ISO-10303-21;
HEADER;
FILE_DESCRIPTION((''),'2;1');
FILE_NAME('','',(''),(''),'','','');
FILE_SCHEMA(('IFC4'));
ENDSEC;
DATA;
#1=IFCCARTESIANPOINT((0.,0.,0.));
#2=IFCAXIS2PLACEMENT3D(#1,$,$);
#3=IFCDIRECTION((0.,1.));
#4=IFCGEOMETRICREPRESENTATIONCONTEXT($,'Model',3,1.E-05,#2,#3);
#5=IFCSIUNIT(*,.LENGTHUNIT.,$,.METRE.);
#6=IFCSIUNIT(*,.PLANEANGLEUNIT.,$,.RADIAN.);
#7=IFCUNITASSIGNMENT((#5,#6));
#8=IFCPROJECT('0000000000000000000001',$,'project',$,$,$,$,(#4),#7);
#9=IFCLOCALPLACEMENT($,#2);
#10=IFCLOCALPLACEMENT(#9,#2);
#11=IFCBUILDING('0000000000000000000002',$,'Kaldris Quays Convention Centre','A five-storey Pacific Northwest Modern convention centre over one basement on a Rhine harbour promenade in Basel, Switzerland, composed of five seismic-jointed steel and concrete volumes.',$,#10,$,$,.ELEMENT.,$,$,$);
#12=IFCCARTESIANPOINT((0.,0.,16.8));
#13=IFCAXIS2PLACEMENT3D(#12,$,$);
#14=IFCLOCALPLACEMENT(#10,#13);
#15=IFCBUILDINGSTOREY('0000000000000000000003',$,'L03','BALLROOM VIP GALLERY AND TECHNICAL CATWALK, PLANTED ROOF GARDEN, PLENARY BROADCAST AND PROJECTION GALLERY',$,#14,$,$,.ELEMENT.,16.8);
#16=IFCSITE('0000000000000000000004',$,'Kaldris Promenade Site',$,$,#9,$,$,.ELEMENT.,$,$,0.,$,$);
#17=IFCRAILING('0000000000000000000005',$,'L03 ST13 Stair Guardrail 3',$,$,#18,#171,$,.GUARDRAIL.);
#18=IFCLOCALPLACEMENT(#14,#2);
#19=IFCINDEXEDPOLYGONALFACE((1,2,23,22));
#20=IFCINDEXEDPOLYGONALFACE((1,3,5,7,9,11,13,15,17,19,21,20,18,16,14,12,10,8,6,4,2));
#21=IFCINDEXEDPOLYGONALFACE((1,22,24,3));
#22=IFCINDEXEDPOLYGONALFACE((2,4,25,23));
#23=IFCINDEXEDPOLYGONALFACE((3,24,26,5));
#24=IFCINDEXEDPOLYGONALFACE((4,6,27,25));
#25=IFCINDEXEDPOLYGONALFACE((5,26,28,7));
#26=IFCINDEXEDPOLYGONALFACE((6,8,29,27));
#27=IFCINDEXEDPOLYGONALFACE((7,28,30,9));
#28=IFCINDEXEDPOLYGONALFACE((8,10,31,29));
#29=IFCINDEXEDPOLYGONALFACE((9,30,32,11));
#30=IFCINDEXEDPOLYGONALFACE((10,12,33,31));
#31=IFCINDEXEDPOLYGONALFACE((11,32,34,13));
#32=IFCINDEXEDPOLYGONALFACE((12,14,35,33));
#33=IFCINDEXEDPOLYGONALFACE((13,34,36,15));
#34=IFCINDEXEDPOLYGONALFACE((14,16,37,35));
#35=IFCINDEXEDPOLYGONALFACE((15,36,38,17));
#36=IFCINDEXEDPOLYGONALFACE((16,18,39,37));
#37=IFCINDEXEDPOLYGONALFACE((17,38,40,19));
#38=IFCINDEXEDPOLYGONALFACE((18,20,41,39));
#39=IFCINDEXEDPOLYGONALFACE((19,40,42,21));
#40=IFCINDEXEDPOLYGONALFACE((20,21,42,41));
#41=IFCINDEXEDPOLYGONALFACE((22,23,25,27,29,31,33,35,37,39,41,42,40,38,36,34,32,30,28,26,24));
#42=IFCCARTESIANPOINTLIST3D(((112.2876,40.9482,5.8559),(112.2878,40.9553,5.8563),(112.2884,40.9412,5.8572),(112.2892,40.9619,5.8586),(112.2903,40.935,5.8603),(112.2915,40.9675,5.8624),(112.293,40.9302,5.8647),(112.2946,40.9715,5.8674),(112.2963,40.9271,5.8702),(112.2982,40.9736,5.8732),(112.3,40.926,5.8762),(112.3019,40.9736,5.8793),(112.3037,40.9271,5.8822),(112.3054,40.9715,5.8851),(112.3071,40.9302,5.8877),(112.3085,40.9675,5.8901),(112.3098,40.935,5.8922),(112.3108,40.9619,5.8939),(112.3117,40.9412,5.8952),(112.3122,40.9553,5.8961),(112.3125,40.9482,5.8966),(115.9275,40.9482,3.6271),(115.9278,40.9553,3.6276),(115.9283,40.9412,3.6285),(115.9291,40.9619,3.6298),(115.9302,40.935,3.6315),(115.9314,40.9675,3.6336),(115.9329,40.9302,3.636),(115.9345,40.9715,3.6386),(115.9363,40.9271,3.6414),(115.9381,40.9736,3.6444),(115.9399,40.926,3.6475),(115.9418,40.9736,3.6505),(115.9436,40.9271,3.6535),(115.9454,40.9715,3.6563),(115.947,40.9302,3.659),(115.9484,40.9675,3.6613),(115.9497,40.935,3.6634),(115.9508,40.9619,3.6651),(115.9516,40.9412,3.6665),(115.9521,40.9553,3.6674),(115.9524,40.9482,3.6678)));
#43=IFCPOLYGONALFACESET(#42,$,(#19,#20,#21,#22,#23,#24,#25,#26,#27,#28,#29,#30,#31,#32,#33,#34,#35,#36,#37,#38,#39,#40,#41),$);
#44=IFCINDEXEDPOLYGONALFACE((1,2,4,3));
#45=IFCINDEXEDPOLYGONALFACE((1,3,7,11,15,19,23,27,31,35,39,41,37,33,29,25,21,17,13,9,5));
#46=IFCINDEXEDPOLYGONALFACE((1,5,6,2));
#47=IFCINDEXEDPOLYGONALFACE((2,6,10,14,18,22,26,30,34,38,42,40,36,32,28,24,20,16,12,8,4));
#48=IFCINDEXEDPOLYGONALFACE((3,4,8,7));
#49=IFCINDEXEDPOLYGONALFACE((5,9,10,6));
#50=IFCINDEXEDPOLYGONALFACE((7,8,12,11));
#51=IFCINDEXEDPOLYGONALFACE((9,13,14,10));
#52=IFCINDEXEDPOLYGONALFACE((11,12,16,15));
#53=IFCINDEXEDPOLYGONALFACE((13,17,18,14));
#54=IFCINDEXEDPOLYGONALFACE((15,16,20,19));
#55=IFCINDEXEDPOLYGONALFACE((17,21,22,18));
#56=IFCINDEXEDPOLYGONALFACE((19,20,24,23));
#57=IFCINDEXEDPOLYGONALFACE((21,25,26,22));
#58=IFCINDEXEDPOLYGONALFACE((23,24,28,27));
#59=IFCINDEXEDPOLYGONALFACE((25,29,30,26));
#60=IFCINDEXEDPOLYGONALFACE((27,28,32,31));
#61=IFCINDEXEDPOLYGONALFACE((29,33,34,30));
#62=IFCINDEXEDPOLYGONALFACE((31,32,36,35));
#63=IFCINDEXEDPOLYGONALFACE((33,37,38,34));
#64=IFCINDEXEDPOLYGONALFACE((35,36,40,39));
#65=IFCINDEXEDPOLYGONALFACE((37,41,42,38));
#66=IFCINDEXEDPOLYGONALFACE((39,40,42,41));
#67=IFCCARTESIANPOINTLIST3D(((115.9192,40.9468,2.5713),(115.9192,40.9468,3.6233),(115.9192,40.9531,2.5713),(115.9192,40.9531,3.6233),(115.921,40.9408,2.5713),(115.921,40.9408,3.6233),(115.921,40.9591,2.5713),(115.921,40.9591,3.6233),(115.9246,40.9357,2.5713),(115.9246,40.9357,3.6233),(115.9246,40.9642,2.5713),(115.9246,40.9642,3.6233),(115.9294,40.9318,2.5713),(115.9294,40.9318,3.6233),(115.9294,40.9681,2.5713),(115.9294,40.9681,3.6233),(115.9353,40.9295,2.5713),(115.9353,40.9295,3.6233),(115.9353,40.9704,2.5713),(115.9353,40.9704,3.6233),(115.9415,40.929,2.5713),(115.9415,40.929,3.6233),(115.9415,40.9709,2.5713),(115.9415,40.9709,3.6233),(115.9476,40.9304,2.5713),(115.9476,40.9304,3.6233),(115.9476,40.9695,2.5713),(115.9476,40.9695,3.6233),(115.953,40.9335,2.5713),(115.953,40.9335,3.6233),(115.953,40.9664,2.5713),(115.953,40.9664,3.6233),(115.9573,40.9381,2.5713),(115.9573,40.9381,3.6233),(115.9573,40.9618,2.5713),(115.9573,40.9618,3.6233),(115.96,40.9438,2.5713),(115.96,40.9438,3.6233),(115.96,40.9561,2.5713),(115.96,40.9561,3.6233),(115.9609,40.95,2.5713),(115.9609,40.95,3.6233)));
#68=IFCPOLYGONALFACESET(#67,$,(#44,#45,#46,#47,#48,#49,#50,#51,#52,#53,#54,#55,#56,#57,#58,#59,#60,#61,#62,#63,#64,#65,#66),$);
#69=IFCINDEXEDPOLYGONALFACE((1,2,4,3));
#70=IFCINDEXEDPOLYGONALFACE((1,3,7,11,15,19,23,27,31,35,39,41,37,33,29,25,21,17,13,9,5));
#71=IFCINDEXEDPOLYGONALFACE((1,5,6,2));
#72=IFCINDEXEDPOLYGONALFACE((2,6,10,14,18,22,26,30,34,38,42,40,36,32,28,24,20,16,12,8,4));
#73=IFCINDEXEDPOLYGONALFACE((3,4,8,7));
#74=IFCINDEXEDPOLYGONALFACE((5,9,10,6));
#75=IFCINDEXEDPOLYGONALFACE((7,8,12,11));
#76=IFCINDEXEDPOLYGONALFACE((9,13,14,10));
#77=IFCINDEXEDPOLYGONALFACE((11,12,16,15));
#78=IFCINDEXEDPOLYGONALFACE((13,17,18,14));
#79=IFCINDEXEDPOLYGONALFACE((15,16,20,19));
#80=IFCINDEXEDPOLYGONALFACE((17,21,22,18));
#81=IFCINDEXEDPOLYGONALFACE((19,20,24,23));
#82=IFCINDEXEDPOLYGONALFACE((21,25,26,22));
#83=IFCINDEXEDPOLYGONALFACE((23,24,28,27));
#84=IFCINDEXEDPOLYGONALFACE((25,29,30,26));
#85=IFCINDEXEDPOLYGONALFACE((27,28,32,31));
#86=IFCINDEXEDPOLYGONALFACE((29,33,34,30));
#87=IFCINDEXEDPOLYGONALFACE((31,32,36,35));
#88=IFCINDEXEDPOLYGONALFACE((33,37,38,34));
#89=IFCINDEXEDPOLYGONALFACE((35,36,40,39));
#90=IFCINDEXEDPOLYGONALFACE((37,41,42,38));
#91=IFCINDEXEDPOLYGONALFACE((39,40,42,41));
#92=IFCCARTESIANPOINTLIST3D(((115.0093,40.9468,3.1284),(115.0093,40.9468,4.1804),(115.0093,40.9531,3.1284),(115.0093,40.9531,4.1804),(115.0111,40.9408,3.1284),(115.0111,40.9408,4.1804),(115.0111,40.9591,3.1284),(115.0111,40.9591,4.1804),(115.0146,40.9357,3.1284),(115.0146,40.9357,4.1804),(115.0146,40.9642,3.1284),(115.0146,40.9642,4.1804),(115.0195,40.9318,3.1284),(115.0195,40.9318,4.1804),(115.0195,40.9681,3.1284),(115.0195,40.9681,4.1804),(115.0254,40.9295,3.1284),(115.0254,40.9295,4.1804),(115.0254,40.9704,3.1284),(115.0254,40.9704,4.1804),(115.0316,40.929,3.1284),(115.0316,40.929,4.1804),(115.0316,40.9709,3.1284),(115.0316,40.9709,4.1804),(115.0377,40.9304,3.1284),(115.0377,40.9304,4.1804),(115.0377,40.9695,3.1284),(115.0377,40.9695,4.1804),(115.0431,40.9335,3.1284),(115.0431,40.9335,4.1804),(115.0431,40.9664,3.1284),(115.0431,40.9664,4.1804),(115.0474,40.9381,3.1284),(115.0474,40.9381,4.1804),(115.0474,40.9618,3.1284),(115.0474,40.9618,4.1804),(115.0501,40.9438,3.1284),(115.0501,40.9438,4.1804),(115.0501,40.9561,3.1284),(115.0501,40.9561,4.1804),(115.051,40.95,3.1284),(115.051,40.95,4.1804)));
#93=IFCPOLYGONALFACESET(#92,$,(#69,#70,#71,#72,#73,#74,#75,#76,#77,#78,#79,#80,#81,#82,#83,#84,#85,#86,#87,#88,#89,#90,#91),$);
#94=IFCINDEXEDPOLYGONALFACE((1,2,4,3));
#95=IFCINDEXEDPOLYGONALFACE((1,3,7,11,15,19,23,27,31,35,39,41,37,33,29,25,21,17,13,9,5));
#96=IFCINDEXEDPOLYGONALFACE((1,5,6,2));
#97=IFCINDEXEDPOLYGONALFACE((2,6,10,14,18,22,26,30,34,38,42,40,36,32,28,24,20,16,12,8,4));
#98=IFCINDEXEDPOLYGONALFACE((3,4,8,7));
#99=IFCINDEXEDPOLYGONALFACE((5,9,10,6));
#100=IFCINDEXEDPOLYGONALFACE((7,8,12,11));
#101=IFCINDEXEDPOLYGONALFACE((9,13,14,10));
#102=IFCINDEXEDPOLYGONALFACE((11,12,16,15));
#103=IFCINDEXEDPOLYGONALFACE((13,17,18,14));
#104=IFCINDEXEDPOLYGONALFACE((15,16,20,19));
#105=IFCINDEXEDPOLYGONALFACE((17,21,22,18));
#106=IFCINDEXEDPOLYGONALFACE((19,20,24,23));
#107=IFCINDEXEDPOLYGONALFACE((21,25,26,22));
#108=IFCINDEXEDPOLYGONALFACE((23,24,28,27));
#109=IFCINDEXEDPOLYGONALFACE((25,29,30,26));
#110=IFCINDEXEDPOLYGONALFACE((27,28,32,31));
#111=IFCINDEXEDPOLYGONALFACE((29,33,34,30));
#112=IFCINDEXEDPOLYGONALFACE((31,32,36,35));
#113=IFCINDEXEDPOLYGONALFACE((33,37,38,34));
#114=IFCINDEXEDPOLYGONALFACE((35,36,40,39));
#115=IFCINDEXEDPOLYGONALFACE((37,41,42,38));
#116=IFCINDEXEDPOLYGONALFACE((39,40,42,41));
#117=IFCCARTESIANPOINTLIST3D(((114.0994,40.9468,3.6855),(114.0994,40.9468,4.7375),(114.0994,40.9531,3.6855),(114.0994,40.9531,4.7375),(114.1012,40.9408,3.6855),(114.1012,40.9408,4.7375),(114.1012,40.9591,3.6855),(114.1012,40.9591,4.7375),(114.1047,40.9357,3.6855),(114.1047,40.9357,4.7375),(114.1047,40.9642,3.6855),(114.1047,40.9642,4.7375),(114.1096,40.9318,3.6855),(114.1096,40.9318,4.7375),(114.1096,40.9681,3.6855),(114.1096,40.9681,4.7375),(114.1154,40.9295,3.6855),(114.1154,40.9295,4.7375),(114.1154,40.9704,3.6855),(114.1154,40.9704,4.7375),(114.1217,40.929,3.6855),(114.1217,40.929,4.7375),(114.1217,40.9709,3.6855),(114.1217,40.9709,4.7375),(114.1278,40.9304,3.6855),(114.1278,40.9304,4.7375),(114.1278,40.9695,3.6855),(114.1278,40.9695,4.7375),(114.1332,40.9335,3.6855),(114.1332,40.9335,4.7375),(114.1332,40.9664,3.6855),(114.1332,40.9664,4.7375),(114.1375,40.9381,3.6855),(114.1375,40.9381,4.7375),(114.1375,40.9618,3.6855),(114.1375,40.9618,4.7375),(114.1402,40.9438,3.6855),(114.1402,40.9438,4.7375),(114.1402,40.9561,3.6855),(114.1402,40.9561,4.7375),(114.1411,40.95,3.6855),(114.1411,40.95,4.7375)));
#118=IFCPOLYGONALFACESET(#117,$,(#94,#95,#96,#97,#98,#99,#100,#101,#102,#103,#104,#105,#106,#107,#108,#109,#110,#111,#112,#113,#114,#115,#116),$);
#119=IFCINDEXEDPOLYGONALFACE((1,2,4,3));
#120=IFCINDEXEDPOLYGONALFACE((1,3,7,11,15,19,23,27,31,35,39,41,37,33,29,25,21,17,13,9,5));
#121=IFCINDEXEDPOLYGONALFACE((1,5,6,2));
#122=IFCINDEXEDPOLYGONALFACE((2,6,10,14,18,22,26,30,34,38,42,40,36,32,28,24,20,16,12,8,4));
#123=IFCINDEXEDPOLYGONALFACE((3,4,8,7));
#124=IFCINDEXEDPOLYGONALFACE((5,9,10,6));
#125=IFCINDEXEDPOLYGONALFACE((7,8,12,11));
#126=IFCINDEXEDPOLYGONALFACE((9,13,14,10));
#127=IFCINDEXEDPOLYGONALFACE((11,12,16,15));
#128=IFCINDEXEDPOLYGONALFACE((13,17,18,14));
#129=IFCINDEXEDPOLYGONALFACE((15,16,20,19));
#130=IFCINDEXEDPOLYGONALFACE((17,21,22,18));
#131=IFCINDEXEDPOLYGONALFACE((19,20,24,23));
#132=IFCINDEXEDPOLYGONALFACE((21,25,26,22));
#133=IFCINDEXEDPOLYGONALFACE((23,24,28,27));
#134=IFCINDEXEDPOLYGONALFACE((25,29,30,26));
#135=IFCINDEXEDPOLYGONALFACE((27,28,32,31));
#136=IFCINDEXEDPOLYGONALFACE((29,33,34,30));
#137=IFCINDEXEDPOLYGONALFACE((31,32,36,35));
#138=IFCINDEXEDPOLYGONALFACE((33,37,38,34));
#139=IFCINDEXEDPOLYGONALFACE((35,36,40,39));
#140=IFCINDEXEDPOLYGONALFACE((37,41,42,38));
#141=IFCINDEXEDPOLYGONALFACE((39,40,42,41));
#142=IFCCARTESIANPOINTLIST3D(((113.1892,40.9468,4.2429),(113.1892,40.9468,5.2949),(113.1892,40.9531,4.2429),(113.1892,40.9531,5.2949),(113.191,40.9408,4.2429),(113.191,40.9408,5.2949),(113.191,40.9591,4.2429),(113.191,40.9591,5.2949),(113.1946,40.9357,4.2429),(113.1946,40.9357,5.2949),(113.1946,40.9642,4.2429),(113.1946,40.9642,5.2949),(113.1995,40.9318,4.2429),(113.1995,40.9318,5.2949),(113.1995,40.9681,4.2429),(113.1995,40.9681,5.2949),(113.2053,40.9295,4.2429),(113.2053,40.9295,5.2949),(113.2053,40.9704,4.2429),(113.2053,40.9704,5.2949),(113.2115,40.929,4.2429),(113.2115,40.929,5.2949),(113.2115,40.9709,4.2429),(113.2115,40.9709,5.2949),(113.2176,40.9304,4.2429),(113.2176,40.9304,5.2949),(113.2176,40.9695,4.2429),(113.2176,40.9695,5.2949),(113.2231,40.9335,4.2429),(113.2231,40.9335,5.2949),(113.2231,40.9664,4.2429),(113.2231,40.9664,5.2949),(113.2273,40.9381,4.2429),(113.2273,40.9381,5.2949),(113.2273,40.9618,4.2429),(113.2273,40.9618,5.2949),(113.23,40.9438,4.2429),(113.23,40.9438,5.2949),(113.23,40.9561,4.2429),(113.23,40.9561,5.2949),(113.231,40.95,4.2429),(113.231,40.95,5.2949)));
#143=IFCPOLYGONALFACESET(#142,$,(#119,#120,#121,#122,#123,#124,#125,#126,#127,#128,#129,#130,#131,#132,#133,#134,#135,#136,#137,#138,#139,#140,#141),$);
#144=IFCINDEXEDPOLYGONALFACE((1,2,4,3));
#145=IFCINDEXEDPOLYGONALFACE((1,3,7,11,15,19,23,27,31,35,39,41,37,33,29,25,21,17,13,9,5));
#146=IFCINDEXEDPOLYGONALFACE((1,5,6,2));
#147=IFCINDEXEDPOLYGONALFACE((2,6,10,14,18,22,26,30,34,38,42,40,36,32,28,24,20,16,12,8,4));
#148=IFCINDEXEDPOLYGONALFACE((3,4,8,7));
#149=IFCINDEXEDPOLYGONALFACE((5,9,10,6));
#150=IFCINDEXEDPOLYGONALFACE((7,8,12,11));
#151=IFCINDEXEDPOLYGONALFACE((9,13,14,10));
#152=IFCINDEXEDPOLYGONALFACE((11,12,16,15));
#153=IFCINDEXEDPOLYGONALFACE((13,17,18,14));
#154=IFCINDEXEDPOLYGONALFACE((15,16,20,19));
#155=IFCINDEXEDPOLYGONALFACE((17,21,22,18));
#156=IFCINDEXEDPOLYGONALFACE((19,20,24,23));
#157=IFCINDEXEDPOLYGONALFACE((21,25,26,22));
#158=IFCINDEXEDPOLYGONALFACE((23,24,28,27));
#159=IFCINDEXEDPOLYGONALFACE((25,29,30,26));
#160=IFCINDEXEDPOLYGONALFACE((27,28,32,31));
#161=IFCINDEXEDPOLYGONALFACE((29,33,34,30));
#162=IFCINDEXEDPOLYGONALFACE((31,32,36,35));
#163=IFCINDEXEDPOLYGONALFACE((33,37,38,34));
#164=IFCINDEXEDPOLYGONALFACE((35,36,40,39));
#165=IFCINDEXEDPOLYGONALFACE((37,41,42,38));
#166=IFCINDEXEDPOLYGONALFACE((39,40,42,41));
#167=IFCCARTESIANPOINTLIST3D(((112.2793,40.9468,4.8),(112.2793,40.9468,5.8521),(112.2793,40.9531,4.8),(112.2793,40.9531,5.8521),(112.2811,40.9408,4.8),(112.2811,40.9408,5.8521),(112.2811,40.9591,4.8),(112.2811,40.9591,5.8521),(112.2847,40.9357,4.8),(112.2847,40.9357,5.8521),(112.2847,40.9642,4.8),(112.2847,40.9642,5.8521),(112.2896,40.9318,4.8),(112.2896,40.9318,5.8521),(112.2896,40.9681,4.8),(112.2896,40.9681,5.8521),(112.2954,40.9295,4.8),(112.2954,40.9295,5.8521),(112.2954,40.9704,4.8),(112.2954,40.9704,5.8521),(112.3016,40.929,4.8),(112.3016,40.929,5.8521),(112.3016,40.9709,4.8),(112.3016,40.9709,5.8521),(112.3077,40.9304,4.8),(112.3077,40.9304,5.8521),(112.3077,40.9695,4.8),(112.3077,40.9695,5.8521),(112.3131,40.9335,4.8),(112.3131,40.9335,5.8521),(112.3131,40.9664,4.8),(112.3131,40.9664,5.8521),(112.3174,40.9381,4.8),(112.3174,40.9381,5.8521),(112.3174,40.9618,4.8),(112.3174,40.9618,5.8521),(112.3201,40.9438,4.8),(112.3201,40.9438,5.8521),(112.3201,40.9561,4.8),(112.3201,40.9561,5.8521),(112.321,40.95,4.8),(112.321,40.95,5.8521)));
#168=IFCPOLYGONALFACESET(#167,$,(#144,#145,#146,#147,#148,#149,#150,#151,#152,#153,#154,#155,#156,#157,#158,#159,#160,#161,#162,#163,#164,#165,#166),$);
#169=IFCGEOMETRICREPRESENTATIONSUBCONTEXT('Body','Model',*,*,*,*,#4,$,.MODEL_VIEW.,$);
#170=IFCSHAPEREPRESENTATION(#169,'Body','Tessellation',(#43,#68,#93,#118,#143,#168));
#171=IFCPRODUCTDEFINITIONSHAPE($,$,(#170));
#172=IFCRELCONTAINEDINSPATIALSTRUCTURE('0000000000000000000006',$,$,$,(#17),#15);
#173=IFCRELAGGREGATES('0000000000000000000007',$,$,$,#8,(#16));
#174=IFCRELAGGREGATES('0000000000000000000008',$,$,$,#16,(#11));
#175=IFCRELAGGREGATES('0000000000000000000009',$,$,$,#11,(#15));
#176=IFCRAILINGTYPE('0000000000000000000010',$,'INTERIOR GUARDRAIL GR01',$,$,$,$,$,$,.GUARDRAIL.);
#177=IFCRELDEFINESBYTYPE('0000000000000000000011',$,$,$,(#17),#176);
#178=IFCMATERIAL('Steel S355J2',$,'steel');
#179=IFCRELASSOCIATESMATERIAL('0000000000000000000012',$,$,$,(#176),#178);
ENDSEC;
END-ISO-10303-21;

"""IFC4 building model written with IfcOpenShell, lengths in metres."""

from ifc_helpers import new_model, si_unit, direction, frame, origin, origin_2d, place, context, subcontext, project, spatial, circle, extrude, material, type_object, element, save


model = new_model("IFC4")

# Units and contexts
model_context = context("Model", 3, precision=1e-05, world=origin(), true_north=direction((0.0, 1.0)))
body_context = subcontext(model_context, "Body", "Model", "MODEL_VIEW")
ifc_project = project(units=[si_unit("LENGTHUNIT", "METRE"), si_unit("PLANEANGLEUNIT", "RADIAN")], contexts=[model_context])

# Site, building, storey
site_placement = place(None, origin())
site = spatial("IfcSite", under=ifc_project, at=site_placement, Name="Kaldris Promenade Site", CompositionType="ELEMENT", RefElevation=0.0)
building_placement = place(site_placement, origin())
building = spatial("IfcBuilding", under=site, at=building_placement, Name="Kaldris Quays Convention Centre", Description="A five-storey Pacific Northwest Modern convention centre over one basement on a Rhine harbour promenade in Basel, Switzerland, composed of five seismic-jointed steel and concrete volumes.", CompositionType="ELEMENT")
storey_placement = place(building_placement, frame((0.0, 0.0, 16.8)))
storey = spatial("IfcBuildingStorey", under=building, at=storey_placement, Name="L03", Description="BALLROOM VIP GALLERY AND TECHNICAL CATWALK, PLANTED ROOF GARDEN, PLENARY BROADCAST AND PROJECTION GALLERY", CompositionType="ELEMENT", Elevation=16.8)

# Shared definitions
ifc_material_1 = material(Name="Steel S355J2", Category="steel")

# Railing
railing_type_1 = type_object("IfcRailingType", Name="INTERIOR GUARDRAIL GR01", PredefinedType="GUARDRAIL", material=ifc_material_1)
for number, where, name in (
    (1, (115.9399, 40.95, 2.5713), "L03 ST13 Stair Guardrail 3"),
):
    element("IfcRailing", number, at=place(storey_placement, frame(where)), inside=storey, type_object=railing_type_1, Name=name, PredefinedType="GUARDRAIL", context=body_context, shape_type="SweptSolid", body=[
        extrude(circle(Radius=0.0239, at=origin_2d()), frame((0.0, 0.0, 1.0762), z_axis=(-0.852825, 0.0, 0.522197), x_axis=(0.0, -1.0, 0.0)), (0.0, 0.0, 1.0), 4.2681),
        extrude(circle(Radius=0.021, at=origin_2d()), origin(), (0.0, 0.0, 1.0), 1.052),
        extrude(circle(Radius=0.021, at=origin_2d()), frame((-0.9099, 0.0, 0.5571)), (0.0, 0.0, 1.0), 1.052),
        extrude(circle(Radius=0.021, at=origin_2d()), frame((-1.8198, 0.0, 1.1143)), (0.0, 0.0, 1.0), 1.052),
        extrude(circle(Radius=0.021, at=origin_2d()), frame((-2.73, 0.0, 1.6716)), (0.0, 0.0, 1.0), 1.052),
        extrude(circle(Radius=0.021, at=origin_2d()), frame((-3.6399, 0.0, 2.2288)), (0.0, 0.0, 1.0), 1.052),
    ])

save(model, "model.ifc")
